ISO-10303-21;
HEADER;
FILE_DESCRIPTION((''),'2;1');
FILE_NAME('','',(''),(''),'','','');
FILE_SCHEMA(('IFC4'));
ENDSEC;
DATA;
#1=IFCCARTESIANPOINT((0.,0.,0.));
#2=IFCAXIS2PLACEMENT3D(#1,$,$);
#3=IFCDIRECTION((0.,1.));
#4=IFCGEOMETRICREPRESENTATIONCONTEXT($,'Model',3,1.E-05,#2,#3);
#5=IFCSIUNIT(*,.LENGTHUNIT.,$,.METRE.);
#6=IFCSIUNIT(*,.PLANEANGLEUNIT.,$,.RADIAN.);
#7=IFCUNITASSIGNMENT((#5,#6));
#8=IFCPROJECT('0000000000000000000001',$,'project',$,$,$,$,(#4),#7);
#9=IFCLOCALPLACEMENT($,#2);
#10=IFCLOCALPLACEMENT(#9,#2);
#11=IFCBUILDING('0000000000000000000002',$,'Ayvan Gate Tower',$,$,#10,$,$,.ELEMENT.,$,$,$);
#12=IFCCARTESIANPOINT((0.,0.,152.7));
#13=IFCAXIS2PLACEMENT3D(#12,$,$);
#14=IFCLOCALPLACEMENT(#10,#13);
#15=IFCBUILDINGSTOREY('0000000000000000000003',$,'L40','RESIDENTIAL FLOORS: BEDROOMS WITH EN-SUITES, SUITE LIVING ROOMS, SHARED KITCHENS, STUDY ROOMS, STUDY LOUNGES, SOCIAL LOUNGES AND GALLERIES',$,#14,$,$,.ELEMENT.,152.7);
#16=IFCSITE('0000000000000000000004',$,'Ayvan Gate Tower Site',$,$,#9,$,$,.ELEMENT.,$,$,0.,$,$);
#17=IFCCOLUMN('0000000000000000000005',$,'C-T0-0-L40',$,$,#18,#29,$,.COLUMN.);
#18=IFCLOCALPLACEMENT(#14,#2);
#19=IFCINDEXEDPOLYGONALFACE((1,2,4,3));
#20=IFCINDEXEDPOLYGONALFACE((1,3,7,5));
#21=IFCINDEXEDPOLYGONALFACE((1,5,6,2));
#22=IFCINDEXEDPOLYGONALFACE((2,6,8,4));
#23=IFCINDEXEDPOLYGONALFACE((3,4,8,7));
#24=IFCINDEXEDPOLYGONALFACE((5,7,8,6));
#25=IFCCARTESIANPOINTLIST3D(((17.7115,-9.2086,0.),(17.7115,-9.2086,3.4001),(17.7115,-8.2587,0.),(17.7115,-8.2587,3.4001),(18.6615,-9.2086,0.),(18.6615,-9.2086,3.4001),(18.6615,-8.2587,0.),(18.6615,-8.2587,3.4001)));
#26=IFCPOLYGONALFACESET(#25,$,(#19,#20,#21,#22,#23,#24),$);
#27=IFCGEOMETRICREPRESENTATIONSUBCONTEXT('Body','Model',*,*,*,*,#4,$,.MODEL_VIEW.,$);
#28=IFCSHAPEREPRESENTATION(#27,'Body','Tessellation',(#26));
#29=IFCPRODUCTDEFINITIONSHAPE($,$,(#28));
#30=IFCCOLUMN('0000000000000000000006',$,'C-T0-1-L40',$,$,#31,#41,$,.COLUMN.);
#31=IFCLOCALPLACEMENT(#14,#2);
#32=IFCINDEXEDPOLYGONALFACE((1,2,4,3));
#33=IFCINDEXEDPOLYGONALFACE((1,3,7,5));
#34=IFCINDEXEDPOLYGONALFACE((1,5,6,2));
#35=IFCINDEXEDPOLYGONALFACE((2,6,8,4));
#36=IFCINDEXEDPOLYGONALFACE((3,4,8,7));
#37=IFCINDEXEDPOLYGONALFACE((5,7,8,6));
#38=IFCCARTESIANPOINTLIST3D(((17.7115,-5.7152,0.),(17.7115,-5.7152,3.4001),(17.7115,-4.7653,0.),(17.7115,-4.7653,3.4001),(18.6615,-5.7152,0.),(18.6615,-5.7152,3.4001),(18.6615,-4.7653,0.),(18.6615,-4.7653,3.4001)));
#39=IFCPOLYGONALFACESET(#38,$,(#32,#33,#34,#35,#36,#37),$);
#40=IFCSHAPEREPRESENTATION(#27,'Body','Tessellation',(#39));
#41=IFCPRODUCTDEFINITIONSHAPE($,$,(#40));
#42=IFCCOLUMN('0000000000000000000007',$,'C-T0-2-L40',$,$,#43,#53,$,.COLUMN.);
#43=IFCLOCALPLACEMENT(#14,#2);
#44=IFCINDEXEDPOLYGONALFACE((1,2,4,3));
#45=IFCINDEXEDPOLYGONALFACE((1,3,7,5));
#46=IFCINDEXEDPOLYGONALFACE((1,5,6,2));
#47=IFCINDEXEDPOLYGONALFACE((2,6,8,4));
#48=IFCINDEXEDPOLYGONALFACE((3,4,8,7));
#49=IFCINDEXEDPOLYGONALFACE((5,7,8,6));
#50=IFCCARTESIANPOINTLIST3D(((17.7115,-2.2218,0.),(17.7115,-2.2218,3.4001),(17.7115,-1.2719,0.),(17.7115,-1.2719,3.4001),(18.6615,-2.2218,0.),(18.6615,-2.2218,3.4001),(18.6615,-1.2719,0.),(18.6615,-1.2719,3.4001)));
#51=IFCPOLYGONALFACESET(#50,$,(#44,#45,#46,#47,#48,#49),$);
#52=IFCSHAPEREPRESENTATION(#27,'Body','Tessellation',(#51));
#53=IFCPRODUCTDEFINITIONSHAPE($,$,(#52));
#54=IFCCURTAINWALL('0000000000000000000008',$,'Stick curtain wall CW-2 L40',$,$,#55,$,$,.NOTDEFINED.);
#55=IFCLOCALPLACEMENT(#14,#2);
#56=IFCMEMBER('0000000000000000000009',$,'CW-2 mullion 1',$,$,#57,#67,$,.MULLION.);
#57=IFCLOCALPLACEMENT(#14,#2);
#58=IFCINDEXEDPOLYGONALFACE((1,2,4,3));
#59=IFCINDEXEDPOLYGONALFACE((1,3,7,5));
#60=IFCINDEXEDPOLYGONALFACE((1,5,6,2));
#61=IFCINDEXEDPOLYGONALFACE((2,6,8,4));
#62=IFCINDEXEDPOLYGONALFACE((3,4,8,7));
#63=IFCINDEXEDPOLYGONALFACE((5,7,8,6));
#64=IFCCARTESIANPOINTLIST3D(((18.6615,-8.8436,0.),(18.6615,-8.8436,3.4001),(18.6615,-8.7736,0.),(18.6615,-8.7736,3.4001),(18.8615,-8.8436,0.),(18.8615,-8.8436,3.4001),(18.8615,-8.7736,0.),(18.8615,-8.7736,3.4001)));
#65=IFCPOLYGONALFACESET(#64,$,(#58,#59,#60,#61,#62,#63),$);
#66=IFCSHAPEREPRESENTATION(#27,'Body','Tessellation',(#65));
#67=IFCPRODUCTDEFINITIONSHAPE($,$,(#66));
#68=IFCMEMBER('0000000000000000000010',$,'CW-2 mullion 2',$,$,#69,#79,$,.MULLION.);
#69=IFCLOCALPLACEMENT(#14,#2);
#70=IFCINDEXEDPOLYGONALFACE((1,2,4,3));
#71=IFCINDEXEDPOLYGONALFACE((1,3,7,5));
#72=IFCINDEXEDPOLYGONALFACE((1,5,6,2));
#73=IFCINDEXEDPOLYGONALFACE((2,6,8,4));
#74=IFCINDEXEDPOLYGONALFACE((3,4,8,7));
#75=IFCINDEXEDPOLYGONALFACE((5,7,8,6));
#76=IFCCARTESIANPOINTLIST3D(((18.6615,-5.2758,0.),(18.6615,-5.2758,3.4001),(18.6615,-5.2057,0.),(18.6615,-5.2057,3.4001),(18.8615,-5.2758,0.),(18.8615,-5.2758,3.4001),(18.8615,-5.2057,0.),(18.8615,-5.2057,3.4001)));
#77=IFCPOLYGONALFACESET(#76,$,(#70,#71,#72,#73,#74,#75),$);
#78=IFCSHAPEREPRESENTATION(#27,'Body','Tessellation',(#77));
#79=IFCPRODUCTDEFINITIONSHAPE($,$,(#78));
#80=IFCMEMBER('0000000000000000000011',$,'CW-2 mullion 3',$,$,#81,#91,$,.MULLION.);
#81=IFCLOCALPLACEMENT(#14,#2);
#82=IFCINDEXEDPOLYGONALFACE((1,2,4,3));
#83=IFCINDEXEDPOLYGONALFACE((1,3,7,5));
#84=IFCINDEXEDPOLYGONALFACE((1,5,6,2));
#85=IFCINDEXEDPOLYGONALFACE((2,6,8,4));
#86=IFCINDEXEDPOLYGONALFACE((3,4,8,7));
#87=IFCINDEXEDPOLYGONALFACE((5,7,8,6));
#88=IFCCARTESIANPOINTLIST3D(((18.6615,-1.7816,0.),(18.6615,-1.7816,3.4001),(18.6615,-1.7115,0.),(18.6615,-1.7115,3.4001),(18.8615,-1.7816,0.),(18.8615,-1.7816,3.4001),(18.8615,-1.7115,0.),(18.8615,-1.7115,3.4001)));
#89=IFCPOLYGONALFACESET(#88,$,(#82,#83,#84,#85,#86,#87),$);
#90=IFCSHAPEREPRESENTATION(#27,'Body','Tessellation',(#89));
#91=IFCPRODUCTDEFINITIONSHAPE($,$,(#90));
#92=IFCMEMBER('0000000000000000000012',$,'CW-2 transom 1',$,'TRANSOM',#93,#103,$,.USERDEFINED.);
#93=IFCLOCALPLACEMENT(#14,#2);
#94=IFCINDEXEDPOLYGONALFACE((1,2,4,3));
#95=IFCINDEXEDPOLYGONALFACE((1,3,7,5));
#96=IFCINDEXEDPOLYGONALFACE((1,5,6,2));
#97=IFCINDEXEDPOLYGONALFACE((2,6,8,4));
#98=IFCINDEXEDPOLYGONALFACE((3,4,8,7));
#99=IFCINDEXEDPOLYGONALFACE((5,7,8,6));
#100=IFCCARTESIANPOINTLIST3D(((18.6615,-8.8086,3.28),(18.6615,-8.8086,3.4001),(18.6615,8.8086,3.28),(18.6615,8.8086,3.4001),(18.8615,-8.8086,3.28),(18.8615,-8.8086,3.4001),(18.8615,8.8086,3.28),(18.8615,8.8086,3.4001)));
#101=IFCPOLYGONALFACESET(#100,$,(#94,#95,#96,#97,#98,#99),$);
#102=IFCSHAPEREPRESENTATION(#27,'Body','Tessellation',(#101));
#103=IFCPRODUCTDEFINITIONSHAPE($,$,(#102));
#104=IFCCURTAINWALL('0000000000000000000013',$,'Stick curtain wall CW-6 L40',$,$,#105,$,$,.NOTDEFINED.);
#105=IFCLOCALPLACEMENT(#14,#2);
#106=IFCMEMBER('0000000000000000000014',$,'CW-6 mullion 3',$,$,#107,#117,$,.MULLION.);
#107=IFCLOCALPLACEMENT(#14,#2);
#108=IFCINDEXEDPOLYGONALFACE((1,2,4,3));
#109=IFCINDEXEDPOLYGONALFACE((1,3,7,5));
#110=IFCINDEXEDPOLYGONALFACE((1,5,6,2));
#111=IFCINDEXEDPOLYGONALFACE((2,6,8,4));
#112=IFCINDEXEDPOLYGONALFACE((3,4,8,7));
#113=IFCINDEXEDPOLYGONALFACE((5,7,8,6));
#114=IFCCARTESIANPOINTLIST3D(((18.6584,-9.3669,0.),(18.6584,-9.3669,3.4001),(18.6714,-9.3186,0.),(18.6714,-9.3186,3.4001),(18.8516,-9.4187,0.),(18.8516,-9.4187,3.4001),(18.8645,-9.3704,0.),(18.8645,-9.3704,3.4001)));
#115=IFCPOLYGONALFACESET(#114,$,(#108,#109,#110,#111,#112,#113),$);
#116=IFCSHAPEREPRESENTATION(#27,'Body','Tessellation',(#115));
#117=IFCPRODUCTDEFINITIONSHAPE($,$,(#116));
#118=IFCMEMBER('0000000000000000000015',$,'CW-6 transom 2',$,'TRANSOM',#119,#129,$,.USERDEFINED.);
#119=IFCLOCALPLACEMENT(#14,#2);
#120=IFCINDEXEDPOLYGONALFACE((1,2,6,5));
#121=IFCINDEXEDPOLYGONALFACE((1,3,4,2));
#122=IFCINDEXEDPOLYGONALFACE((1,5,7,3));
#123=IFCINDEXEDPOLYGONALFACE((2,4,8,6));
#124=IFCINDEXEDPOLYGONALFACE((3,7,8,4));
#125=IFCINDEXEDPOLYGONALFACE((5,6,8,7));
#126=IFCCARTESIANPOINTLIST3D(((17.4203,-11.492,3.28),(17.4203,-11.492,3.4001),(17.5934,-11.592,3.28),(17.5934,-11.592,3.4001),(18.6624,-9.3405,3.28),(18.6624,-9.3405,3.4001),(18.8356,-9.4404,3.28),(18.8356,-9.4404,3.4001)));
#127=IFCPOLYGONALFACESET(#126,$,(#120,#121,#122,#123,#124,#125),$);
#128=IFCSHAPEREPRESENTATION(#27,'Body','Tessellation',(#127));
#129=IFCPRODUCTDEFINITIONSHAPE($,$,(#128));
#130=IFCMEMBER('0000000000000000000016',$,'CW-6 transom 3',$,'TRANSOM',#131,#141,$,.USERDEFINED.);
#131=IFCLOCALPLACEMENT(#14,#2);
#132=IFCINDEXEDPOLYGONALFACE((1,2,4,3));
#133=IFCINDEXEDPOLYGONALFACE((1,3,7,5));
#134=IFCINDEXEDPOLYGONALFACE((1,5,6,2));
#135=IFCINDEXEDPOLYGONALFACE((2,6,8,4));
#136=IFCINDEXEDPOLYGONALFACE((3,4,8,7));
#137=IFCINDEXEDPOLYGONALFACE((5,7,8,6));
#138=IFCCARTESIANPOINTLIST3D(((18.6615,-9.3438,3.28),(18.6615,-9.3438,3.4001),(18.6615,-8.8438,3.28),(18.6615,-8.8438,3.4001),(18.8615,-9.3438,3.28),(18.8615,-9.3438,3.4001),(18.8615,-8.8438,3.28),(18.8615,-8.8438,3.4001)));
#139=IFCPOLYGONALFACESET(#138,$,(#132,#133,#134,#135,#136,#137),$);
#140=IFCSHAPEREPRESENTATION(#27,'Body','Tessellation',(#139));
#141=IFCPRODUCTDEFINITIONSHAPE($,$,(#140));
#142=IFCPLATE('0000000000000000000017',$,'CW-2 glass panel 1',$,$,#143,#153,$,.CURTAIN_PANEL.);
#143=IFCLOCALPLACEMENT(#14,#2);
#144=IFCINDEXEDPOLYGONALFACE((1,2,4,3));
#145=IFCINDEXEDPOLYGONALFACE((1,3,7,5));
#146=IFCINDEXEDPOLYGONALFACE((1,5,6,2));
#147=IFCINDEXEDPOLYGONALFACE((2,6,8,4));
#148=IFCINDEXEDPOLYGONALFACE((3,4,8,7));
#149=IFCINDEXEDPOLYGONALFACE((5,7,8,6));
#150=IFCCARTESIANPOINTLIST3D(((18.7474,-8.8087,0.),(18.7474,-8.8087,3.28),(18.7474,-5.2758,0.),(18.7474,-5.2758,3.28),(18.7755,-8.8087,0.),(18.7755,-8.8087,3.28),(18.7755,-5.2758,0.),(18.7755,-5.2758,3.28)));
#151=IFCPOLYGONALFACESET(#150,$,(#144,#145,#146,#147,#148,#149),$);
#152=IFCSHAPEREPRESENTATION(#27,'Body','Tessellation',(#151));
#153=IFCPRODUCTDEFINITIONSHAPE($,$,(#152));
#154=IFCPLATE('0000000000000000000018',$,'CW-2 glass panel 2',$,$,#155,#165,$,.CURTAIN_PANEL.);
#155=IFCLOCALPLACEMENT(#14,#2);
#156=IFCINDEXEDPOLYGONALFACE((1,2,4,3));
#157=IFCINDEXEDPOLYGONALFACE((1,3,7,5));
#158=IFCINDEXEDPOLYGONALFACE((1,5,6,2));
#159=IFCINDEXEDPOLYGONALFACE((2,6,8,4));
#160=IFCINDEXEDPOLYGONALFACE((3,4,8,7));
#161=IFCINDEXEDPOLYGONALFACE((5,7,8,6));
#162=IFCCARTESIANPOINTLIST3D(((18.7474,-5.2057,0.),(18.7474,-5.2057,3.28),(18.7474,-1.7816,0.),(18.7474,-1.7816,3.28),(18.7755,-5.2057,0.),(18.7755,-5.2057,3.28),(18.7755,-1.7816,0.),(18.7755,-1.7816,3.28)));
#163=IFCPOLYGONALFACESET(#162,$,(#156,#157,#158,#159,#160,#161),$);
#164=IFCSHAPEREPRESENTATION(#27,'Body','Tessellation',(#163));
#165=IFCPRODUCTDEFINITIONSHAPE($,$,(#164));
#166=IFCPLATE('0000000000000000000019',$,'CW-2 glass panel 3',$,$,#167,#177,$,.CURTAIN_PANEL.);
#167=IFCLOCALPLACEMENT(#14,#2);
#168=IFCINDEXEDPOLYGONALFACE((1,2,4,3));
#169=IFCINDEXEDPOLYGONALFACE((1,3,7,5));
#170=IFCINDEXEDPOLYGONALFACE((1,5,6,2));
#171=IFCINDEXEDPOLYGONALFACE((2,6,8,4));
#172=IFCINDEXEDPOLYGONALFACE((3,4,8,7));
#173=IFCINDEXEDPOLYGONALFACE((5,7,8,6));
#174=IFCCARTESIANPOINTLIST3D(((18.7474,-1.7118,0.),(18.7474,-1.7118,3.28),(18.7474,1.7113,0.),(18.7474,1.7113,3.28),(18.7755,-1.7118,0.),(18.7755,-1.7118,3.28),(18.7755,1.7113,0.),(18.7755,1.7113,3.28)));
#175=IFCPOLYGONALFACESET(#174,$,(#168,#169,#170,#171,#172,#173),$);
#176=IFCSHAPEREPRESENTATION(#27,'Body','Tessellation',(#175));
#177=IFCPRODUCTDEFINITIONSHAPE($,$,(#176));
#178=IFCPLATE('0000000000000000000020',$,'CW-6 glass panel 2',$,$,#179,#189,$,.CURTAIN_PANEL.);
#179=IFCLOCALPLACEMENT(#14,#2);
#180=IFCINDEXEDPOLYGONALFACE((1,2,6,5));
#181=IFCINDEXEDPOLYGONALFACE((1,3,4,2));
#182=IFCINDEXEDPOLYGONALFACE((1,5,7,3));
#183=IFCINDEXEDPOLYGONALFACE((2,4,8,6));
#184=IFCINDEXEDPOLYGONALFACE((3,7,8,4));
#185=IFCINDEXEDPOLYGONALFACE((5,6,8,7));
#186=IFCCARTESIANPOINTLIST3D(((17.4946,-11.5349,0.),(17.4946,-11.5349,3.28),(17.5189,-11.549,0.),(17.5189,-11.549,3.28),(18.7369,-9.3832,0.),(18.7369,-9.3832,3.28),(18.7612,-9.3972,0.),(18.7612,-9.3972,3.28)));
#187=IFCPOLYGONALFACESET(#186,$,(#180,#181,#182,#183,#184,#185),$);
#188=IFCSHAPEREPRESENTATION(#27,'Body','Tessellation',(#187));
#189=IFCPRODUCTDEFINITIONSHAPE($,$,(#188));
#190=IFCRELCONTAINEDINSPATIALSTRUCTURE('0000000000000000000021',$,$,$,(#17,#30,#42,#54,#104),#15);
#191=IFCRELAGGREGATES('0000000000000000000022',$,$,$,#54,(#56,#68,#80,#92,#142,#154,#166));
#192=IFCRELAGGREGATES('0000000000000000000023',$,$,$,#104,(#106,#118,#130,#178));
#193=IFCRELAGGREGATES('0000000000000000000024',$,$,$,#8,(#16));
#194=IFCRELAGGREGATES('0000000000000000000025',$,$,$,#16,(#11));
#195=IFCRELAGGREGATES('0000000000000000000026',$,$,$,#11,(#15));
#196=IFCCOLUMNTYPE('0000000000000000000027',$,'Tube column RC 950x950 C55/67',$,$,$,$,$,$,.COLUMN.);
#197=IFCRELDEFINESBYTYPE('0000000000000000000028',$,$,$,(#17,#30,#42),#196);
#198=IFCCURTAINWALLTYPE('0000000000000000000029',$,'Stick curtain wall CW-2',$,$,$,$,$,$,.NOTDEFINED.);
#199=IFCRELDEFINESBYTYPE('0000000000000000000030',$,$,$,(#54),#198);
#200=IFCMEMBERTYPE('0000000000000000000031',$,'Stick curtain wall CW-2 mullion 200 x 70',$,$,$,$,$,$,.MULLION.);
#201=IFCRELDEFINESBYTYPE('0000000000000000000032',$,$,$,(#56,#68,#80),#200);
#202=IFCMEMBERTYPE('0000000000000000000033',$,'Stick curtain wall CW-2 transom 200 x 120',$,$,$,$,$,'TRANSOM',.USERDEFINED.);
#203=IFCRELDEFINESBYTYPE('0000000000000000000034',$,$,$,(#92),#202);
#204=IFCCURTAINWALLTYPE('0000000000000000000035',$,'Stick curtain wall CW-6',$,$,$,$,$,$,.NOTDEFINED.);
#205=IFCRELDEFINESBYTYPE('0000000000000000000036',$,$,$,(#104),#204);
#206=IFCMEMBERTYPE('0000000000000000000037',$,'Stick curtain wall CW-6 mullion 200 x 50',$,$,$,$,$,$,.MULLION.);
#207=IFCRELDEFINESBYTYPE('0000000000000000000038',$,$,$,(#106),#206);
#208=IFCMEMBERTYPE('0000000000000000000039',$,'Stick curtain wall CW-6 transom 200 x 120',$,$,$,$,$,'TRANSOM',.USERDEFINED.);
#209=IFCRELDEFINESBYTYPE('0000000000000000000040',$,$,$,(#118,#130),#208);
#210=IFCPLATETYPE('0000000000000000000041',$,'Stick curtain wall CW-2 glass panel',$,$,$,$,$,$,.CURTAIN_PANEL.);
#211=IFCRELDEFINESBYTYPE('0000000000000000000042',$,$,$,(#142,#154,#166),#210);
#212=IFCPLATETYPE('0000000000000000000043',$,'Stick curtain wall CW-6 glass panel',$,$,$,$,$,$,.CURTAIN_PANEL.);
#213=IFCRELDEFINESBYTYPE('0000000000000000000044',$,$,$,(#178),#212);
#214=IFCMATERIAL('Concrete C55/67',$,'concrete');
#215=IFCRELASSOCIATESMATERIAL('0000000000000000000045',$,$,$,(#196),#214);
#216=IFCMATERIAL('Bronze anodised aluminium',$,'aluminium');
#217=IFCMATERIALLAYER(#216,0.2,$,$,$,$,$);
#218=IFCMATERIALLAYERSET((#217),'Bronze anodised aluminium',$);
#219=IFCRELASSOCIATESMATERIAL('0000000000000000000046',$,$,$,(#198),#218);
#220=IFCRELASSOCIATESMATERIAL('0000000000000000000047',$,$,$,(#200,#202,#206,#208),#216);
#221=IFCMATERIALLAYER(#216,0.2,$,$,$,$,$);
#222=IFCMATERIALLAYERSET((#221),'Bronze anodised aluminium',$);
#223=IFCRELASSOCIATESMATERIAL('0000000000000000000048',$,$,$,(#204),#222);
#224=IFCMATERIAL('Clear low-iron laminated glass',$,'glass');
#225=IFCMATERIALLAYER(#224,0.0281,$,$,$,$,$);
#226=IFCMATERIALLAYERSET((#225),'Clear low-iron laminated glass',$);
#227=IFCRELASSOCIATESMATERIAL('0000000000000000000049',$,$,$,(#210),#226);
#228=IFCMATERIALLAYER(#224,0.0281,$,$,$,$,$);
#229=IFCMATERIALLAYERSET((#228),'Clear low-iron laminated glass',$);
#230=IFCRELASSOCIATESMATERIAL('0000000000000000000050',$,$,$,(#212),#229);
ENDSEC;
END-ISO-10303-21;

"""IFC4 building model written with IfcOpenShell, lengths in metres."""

from ifc_helpers import new_model, si_unit, direction, frame, origin, origin_2d, place, context, subcontext, project, spatial, rectangle, extrude, material, layer, layer_set, material_profile, profile_set, type_object, element, aggregate, save


model = new_model("IFC4")

# Units and contexts
model_context = context("Model", 3, precision=1e-05, world=origin(), true_north=direction((0.0, 1.0)))
body_context = subcontext(model_context, "Body", "Model", "MODEL_VIEW")
ifc_project = project(units=[si_unit("LENGTHUNIT", "METRE"), si_unit("PLANEANGLEUNIT", "RADIAN")], contexts=[model_context])

# Site, building, storey
site_placement = place(None, origin())
site = spatial("IfcSite", under=ifc_project, at=site_placement, Name="Ayvan Gate Tower Site", CompositionType="ELEMENT", RefElevation=0.0)
building_placement = place(site_placement, origin())
building = spatial("IfcBuilding", under=site, at=building_placement, Name="Ayvan Gate Tower", CompositionType="ELEMENT")
storey_placement = place(building_placement, frame((0.0, 0.0, 152.7)))
storey = spatial("IfcBuildingStorey", under=building, at=storey_placement, Name="L40", Description="RESIDENTIAL FLOORS: BEDROOMS WITH EN-SUITES, SUITE LIVING ROOMS, SHARED KITCHENS, STUDY ROOMS, STUDY LOUNGES, SOCIAL LOUNGES AND GALLERIES", CompositionType="ELEMENT", Elevation=152.7)

# Columns
ifc_material_1 = material(Name="Concrete C55/67", Category="concrete")
ifc_material_profile_1 = material_profile(ifc_material_1, rectangle(XDim=0.95, YDim=0.95, at=origin_2d()), Name="RC 950x950")
ifc_profile_set_1 = profile_set([ifc_material_profile_1], Name="Concrete C55/67")
column_type = type_object("IfcColumnType", Name="Tube column RC 950x950 C55/67", PredefinedType="COLUMN", material=ifc_profile_set_1)
for number, where, z_axis, x_axis, name in (
    (1, (18.1865, -8.7336, 0.0), (0.0, 0.0, 1.0), (1.0, 0.0, 0.0), "C-T0-0-L40"),
    (2, (18.1865, -5.2402, 0.0), (0.0, 0.0, 1.0), (1.0, 0.0, 0.0), "C-T0-1-L40"),
    (3, (18.1865, -1.7468, 0.0), (0.0, 0.0, 1.0), (1.0, 0.0, 0.0), "C-T0-2-L40"),
):
    element("IfcColumn", number, at=place(storey_placement, frame(where, z_axis=z_axis, x_axis=x_axis)), inside=storey, type_object=column_type, Name=name, PredefinedType="COLUMN", context=body_context, shape_type="SweptSolid", body=[
        extrude(rectangle(XDim=0.95, YDim=0.95, at=origin_2d()), origin(), (0.0, 0.0, 1.0), 3.4001),
    ])

# Curtain walls, members
ifc_material_2 = material(Name="Bronze anodised aluminium", Category="aluminium")
ifc_layer_1 = layer(ifc_material_2, 0.2)
ifc_layer_set_1 = layer_set([ifc_layer_1], Name="Bronze anodised aluminium")
curtain_wall_type_1 = type_object("IfcCurtainWallType", Name="Stick curtain wall CW-2", PredefinedType="NOTDEFINED", material=ifc_layer_set_1)
curtain_wall_1_placement = place(storey_placement, origin())
curtain_wall_1 = element("IfcCurtainWall", 4, at=curtain_wall_1_placement, inside=storey, type_object=curtain_wall_type_1, Name="Stick curtain wall CW-2 L40", PredefinedType="NOTDEFINED")
ifc_material_profile_2 = material_profile(ifc_material_2, rectangle(XDim=0.2, YDim=0.0701, at=origin_2d()), Name="Stick curtain wall CW-2 mullion 200 x 70")
ifc_profile_set_2 = profile_set([ifc_material_profile_2], Name="Bronze anodised aluminium")
member_type_1 = type_object("IfcMemberType", Name="Stick curtain wall CW-2 mullion 200 x 70", PredefinedType="MULLION", material=ifc_profile_set_2)
member_1_placement = place(storey_placement, frame((18.7615, -8.8086, 0.0), z_axis=(0.0, 0.0, 1.0), x_axis=(1.0, 0.0, 0.0)))
member_1 = element("IfcMember", 5, at=member_1_placement, type_object=member_type_1, Name="CW-2 mullion 1", PredefinedType="MULLION", context=body_context, shape_type="SweptSolid", body=[
    extrude(rectangle(XDim=0.2, YDim=0.0701, at=origin_2d()), origin(), (0.0, 0.0, 1.0), 3.4001),
])
member_2_placement = place(storey_placement, frame((18.7615, -5.2407, 0.0), z_axis=(0.0, 0.0, 1.0), x_axis=(1.0, 0.0, 0.0)))
member_2 = element("IfcMember", 6, at=member_2_placement, type_object=member_type_1, Name="CW-2 mullion 2", PredefinedType="MULLION", context=body_context, shape_type="SweptSolid", body=[
    extrude(rectangle(XDim=0.2, YDim=0.0701, at=origin_2d()), origin(), (0.0, 0.0, 1.0), 3.4001),
])
member_3_placement = place(storey_placement, frame((18.7615, -1.7466, 0.0), z_axis=(0.0, 0.0, 1.0), x_axis=(1.0, 0.0, 0.0)))
member_3 = element("IfcMember", 7, at=member_3_placement, type_object=member_type_1, Name="CW-2 mullion 3", PredefinedType="MULLION", context=body_context, shape_type="SweptSolid", body=[
    extrude(rectangle(XDim=0.2, YDim=0.0701, at=origin_2d()), origin(), (0.0, 0.0, 1.0), 3.4001),
])
ifc_material_profile_3 = material_profile(ifc_material_2, rectangle(XDim=0.2, YDim=0.1201, at=origin_2d()), Name="Stick curtain wall CW-2 transom 200 x 120")
ifc_profile_set_3 = profile_set([ifc_material_profile_3], Name="Bronze anodised aluminium")
member_type_2 = type_object("IfcMemberType", Name="Stick curtain wall CW-2 transom 200 x 120", ElementType="TRANSOM", PredefinedType="USERDEFINED", material=ifc_profile_set_3)
member_4_placement = place(storey_placement, frame((18.7615, -8.8086, 3.3401), z_axis=(0.0, 1.0, 0.0), x_axis=(-1.0, 0.0, 0.0)))
member_4 = element("IfcMember", 8, at=member_4_placement, type_object=member_type_2, Name="CW-2 transom 1", ObjectType="TRANSOM", PredefinedType="USERDEFINED", context=body_context, shape_type="SweptSolid", body=[
    extrude(rectangle(XDim=0.2, YDim=0.1201, at=origin_2d()), origin(), (0.0, 0.0, 1.0), 17.6172),
])
ifc_layer_2 = layer(ifc_material_2, 0.2)
ifc_layer_set_2 = layer_set([ifc_layer_2], Name="Bronze anodised aluminium")
curtain_wall_type_2 = type_object("IfcCurtainWallType", Name="Stick curtain wall CW-6", PredefinedType="NOTDEFINED", material=ifc_layer_set_2)
curtain_wall_2_placement = place(storey_placement, origin())
curtain_wall_2 = element("IfcCurtainWall", 9, at=curtain_wall_2_placement, inside=storey, type_object=curtain_wall_type_2, Name="Stick curtain wall CW-6 L40", PredefinedType="NOTDEFINED")
ifc_material_profile_4 = material_profile(ifc_material_2, rectangle(XDim=0.2, YDim=0.05, at=origin_2d()), Name="Stick curtain wall CW-6 mullion 200 x 50")
ifc_profile_set_4 = profile_set([ifc_material_profile_4], Name="Bronze anodised aluminium")
member_type_3 = type_object("IfcMemberType", Name="Stick curtain wall CW-6 mullion 200 x 50", PredefinedType="MULLION", material=ifc_profile_set_4)
member_5_placement = place(storey_placement, frame((18.7615, -9.3687, 0.0), z_axis=(0.0, 0.0, 1.0), x_axis=(0.965926, -0.258819, 0.0)))
member_5 = element("IfcMember", 10, at=member_5_placement, type_object=member_type_3, Name="CW-6 mullion 3", PredefinedType="MULLION", context=body_context, shape_type="SweptSolid", body=[
    extrude(rectangle(XDim=0.2, YDim=0.05, at=origin_2d()), origin(), (0.0, 0.0, 1.0), 3.4001),
])
ifc_material_profile_5 = material_profile(ifc_material_2, rectangle(XDim=0.2, YDim=0.1201, at=origin_2d()), Name="Stick curtain wall CW-6 transom 200 x 120")
ifc_profile_set_5 = profile_set([ifc_material_profile_5], Name="Bronze anodised aluminium")
member_type_4 = type_object("IfcMemberType", Name="Stick curtain wall CW-6 transom 200 x 120", ElementType="TRANSOM", PredefinedType="USERDEFINED", material=ifc_profile_set_5)
member_6_placement = place(storey_placement, frame((17.5068, -11.542, 3.3401), z_axis=(0.499986, 0.866033, 0.0), x_axis=(-0.866033, 0.499986, 0.0)))
member_6 = element("IfcMember", 11, at=member_6_placement, type_object=member_type_4, Name="CW-6 transom 2", ObjectType="TRANSOM", PredefinedType="USERDEFINED", context=body_context, shape_type="SweptSolid", body=[
    extrude(rectangle(XDim=0.2, YDim=0.1201, at=origin_2d()), origin(), (0.0, 0.0, 1.0), 2.4844),
])
member_7_placement = place(storey_placement, frame((18.7615, -9.3438, 3.3401), z_axis=(0.0, 1.0, 0.0), x_axis=(-1.0, 0.0, 0.0)))
member_7 = element("IfcMember", 12, at=member_7_placement, type_object=member_type_4, Name="CW-6 transom 3", ObjectType="TRANSOM", PredefinedType="USERDEFINED", context=body_context, shape_type="SweptSolid", body=[
    extrude(rectangle(XDim=0.2, YDim=0.1201, at=origin_2d()), origin(), (0.0, 0.0, 1.0), 0.5),
])

# Plates
ifc_material_3 = material(Name="Clear low-iron laminated glass", Category="glass")
ifc_layer_3 = layer(ifc_material_3, 0.0281)
ifc_layer_set_3 = layer_set([ifc_layer_3], Name="Clear low-iron laminated glass")
plate_type_1 = type_object("IfcPlateType", Name="Stick curtain wall CW-2 glass panel", PredefinedType="CURTAIN_PANEL", material=ifc_layer_set_3)
plate_1_placement = place(storey_placement, frame((18.7615, -7.0422, 0.0), z_axis=(0.0, 0.0, 1.0), x_axis=(0.0, 1.0, 0.0)))
plate_1 = element("IfcPlate", 13, at=plate_1_placement, type_object=plate_type_1, Name="CW-2 glass panel 1", PredefinedType="CURTAIN_PANEL", context=body_context, shape_type="SweptSolid", body=[
    extrude(rectangle(XDim=3.533, YDim=0.0281, at=origin_2d()), origin(), (0.0, 0.0, 1.0), 3.28),
])
plate_2_placement = place(storey_placement, frame((18.7615, -3.4937, 0.0), z_axis=(0.0, 0.0, 1.0), x_axis=(0.0, 1.0, 0.0)))
plate_2 = element("IfcPlate", 14, at=plate_2_placement, type_object=plate_type_1, Name="CW-2 glass panel 2", PredefinedType="CURTAIN_PANEL", context=body_context, shape_type="SweptSolid", body=[
    extrude(rectangle(XDim=3.4241, YDim=0.0281, at=origin_2d()), origin(), (0.0, 0.0, 1.0), 3.28),
])
plate_3_placement = place(storey_placement, frame((18.7615, -0.0002, 0.0), z_axis=(0.0, 0.0, 1.0), x_axis=(0.0, 1.0, 0.0)))
plate_3 = element("IfcPlate", 15, at=plate_3_placement, type_object=plate_type_1, Name="CW-2 glass panel 3", PredefinedType="CURTAIN_PANEL", context=body_context, shape_type="SweptSolid", body=[
    extrude(rectangle(XDim=3.4231, YDim=0.0281, at=origin_2d()), origin(), (0.0, 0.0, 1.0), 3.28),
])
aggregate(curtain_wall_1, [member_1, member_2, member_3, member_4, plate_1, plate_2, plate_3])
ifc_layer_4 = layer(ifc_material_3, 0.0281)
ifc_layer_set_4 = layer_set([ifc_layer_4], Name="Clear low-iron laminated glass")
plate_type_2 = type_object("IfcPlateType", Name="Stick curtain wall CW-6 glass panel", PredefinedType="CURTAIN_PANEL", material=ifc_layer_set_4)
plate_4_placement = place(storey_placement, frame((18.1279, -10.4661, 0.0), z_axis=(0.0, 0.0, 1.0), x_axis=(0.5, 0.866025, 0.0)))
plate_4 = element("IfcPlate", 16, at=plate_4_placement, type_object=plate_type_2, Name="CW-6 glass panel 2", PredefinedType="CURTAIN_PANEL", context=body_context, shape_type="SweptSolid", body=[
    extrude(rectangle(XDim=2.4846, YDim=0.0281, at=origin_2d()), origin(), (0.0, 0.0, 1.0), 3.28),
])
aggregate(curtain_wall_2, [member_5, member_6, member_7, plate_4])

save(model, "model.ifc")
